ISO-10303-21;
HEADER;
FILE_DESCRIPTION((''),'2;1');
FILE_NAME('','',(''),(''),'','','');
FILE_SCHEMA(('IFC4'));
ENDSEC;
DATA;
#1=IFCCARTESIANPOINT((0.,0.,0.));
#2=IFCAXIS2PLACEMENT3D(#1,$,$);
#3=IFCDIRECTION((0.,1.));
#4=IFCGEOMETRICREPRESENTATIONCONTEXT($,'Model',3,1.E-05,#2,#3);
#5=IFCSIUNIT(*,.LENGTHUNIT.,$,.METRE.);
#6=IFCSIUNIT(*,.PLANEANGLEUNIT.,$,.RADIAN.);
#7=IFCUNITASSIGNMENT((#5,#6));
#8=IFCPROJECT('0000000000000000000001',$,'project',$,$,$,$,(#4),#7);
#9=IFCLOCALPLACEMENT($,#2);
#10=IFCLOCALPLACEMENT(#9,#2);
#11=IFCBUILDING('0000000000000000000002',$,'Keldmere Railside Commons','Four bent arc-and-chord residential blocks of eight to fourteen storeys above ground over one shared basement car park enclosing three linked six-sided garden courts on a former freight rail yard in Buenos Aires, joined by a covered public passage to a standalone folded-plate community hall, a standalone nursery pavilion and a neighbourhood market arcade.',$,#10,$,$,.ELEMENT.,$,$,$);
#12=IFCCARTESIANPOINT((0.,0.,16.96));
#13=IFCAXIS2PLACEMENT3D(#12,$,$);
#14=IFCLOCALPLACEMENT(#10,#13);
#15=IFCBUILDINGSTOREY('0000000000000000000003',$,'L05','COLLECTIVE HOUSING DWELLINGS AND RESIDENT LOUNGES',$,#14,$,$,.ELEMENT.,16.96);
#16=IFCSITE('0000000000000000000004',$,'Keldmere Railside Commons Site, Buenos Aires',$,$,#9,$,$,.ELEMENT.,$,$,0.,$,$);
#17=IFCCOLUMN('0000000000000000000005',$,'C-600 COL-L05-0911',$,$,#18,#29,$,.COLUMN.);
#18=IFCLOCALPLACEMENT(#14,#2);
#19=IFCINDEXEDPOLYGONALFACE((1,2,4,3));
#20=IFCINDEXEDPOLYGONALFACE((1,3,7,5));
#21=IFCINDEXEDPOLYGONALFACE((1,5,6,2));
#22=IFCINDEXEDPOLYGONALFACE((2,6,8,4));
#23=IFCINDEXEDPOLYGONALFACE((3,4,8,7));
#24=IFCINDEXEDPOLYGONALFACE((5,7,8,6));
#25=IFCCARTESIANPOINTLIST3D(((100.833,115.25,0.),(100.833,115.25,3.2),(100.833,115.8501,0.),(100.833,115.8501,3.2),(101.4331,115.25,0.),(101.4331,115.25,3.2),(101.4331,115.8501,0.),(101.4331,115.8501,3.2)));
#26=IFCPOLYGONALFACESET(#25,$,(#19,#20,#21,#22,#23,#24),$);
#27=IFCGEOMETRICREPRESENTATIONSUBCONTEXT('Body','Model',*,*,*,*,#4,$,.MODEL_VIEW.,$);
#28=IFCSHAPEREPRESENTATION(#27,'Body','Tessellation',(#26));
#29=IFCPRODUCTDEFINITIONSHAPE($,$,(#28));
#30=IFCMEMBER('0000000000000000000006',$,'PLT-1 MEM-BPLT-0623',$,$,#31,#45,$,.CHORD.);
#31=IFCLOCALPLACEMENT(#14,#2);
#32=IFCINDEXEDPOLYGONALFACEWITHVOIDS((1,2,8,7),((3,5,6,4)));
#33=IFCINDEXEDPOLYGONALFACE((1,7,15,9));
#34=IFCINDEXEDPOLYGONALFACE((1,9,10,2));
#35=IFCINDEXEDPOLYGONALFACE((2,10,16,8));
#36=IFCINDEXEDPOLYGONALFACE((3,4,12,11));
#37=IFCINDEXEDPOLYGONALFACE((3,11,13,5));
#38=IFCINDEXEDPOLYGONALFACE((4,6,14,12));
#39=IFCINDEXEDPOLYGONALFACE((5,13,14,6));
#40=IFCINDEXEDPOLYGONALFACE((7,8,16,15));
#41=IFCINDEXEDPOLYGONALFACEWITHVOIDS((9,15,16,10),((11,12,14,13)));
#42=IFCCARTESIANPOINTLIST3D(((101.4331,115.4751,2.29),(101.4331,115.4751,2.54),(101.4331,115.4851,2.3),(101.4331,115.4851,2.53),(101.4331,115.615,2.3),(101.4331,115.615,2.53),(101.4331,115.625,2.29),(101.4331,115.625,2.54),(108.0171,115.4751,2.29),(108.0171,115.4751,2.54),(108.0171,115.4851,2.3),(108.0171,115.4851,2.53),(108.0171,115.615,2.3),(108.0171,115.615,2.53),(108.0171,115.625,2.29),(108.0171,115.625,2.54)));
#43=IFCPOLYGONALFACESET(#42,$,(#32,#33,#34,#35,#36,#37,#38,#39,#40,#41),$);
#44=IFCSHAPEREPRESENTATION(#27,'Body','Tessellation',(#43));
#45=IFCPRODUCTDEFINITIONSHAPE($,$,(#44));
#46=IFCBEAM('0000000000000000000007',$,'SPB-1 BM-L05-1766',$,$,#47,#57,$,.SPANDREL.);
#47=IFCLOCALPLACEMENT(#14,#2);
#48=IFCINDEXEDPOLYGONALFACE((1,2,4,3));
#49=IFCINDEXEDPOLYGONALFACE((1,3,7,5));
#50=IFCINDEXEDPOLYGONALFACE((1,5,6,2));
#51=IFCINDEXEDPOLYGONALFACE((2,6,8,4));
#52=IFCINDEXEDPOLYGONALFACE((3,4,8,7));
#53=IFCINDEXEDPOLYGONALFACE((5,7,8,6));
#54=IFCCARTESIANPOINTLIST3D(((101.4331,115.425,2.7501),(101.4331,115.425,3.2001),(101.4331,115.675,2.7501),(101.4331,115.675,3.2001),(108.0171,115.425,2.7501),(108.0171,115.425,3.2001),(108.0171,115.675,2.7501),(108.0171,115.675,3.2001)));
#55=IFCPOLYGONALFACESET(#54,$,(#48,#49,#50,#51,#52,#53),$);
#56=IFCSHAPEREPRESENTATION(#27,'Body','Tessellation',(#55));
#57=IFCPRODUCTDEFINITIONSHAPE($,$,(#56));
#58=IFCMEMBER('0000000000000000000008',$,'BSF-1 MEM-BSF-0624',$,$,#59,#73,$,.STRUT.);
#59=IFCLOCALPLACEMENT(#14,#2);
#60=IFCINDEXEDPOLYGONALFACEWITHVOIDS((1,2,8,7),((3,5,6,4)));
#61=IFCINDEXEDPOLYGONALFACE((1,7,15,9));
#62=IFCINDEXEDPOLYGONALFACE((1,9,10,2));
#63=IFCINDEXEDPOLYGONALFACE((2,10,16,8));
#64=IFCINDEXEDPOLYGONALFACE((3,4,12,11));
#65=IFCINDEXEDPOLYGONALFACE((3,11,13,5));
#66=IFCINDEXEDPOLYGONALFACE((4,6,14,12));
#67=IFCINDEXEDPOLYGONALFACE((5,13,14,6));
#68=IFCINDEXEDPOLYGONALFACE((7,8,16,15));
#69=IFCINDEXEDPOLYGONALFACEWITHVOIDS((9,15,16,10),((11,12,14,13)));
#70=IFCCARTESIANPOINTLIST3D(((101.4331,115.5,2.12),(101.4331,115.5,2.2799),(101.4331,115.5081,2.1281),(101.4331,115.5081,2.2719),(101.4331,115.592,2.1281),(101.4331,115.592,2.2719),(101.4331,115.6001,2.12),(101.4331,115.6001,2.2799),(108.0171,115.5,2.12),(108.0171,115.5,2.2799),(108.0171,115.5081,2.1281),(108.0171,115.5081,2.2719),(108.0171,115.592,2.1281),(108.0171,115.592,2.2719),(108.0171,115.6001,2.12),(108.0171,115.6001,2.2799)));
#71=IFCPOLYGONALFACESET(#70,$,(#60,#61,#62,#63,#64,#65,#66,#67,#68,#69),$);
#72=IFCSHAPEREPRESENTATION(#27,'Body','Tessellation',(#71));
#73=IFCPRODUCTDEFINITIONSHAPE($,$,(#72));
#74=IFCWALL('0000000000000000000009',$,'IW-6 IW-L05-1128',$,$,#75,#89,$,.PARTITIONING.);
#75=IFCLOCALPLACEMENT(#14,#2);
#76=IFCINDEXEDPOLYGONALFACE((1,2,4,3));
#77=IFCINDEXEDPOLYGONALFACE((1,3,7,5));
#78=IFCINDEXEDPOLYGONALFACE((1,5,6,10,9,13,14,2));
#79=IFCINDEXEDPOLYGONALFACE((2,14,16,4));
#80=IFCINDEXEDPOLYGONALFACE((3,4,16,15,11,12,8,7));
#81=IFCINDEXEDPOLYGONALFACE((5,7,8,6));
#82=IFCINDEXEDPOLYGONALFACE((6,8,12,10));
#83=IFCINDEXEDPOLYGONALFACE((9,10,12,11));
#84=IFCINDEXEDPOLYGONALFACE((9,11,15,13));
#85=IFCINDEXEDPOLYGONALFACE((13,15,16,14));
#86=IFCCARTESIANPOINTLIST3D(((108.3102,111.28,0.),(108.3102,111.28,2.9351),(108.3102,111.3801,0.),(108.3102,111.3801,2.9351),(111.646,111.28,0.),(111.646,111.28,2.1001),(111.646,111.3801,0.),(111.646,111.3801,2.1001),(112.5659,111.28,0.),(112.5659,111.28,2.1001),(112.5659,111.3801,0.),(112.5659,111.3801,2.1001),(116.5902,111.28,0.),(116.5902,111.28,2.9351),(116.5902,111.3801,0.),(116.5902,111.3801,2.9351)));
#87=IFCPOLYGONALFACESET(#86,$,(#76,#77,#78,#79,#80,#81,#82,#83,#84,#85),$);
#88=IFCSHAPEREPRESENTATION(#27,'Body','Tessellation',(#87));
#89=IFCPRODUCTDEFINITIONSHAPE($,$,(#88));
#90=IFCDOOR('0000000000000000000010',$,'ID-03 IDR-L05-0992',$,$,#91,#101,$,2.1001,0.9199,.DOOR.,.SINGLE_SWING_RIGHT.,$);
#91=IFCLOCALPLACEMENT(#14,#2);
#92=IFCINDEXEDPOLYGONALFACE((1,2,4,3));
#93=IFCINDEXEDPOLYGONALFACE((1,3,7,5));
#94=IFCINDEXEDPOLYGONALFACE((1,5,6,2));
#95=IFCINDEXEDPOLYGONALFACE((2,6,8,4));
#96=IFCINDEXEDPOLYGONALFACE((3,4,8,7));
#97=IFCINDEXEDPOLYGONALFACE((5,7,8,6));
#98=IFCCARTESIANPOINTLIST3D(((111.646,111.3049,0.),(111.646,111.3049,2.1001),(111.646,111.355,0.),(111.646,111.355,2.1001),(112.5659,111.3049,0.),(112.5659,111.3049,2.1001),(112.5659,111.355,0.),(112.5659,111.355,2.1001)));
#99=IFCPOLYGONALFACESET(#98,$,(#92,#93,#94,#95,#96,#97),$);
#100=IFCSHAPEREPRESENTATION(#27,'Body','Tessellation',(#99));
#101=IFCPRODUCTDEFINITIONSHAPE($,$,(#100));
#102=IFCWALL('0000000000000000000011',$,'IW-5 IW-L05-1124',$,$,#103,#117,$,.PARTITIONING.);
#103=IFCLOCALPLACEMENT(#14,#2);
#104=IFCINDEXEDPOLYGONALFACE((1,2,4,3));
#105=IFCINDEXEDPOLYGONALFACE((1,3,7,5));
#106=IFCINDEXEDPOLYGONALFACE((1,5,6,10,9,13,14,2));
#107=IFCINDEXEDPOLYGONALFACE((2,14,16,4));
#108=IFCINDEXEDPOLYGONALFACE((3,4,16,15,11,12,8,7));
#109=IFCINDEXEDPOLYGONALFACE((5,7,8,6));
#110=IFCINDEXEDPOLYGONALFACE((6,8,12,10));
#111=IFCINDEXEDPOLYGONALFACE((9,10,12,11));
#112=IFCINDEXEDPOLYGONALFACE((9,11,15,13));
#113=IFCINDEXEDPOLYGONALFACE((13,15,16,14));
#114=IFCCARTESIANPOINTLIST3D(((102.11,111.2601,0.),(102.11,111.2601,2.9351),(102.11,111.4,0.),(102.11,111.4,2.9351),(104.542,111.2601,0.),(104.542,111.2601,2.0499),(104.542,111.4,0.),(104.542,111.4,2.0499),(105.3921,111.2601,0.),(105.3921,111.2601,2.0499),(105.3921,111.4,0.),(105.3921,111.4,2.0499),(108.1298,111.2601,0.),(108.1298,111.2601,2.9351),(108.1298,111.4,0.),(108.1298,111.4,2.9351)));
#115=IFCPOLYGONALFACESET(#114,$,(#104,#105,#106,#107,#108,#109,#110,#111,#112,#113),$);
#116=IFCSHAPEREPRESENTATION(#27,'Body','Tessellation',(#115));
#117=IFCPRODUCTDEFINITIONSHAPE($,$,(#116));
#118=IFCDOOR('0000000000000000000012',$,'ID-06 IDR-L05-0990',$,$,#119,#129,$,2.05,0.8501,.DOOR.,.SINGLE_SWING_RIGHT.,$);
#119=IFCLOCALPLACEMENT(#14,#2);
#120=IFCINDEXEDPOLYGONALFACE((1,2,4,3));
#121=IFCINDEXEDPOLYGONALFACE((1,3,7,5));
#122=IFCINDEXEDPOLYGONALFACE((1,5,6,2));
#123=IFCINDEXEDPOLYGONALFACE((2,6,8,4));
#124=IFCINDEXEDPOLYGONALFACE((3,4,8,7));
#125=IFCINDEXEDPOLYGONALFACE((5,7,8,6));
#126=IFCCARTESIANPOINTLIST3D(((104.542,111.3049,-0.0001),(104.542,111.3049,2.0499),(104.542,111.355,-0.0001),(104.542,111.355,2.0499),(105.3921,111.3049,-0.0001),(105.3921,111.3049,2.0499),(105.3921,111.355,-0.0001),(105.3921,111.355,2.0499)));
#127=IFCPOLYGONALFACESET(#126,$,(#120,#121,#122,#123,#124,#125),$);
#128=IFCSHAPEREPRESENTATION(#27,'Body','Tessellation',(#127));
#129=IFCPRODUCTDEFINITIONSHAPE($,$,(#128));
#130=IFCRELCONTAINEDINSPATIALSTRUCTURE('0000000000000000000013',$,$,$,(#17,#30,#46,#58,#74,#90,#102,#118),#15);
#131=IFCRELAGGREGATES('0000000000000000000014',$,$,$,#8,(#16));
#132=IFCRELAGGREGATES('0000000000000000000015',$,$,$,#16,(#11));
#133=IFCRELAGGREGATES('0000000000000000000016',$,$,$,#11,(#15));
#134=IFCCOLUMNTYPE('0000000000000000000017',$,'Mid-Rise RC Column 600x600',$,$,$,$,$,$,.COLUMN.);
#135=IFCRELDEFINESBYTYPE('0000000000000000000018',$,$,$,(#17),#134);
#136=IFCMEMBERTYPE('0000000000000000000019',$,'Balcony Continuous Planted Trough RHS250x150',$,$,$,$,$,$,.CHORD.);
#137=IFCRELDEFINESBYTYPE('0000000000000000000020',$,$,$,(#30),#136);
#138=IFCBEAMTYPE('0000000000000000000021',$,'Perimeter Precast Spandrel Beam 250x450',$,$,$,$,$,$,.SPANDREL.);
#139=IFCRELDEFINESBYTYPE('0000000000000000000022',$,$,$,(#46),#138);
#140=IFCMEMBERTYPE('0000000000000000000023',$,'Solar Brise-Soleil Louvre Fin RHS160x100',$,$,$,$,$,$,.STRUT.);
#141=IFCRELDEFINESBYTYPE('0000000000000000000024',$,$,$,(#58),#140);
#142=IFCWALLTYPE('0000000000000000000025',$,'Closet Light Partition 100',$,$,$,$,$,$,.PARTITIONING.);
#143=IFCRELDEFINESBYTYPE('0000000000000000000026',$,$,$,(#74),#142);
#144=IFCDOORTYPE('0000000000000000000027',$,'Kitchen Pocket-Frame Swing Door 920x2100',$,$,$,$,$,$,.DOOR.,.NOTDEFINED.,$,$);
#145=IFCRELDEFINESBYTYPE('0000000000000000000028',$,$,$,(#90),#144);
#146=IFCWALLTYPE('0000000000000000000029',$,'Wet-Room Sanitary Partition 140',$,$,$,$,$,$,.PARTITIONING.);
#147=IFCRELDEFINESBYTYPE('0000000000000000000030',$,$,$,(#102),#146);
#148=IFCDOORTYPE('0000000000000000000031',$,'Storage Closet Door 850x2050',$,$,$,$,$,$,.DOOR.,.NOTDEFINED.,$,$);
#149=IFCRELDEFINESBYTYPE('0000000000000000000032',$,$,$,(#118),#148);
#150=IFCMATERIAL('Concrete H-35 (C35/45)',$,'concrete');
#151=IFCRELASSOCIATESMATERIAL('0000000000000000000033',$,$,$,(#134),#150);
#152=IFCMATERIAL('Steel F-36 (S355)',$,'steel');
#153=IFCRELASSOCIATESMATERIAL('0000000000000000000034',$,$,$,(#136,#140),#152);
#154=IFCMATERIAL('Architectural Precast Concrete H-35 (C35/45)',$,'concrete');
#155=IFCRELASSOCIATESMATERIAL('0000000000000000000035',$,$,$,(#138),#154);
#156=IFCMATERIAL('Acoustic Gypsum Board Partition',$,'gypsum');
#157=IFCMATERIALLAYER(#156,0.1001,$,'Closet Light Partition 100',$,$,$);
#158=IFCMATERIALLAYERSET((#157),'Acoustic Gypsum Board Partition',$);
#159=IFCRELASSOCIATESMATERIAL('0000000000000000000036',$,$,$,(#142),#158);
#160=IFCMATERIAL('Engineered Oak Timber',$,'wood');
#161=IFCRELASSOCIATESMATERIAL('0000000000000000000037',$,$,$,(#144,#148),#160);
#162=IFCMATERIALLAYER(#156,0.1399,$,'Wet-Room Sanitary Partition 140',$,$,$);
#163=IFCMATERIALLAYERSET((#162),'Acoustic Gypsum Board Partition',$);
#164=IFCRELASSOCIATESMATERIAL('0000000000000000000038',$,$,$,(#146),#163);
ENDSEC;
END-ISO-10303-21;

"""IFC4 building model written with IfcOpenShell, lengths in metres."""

from ifc_helpers import new_model, si_unit, direction, frame, frame_2d, origin, origin_2d, place, context, subcontext, project, spatial, rectangle, hollow_rectangle, extrude, material, layer, layer_set, material_profile, profile_set, type_object, element, fill, save


model = new_model("IFC4")

# Units and contexts
model_context = context("Model", 3, precision=1e-05, world=origin(), true_north=direction((0.0, 1.0)))
body_context = subcontext(model_context, "Body", "Model", "MODEL_VIEW")
ifc_project = project(units=[si_unit("LENGTHUNIT", "METRE"), si_unit("PLANEANGLEUNIT", "RADIAN")], contexts=[model_context])

# Site, building, storey
site_placement = place(None, origin())
site = spatial("IfcSite", under=ifc_project, at=site_placement, Name="Keldmere Railside Commons Site, Buenos Aires", CompositionType="ELEMENT", RefElevation=0.0)
building_placement = place(site_placement, origin())
building = spatial("IfcBuilding", under=site, at=building_placement, Name="Keldmere Railside Commons", Description="Four bent arc-and-chord residential blocks of eight to fourteen storeys above ground over one shared basement car park enclosing three linked six-sided garden courts on a former freight rail yard in Buenos Aires, joined by a covered public passage to a standalone folded-plate community hall, a standalone nursery pavilion and a neighbourhood market arcade.", CompositionType="ELEMENT")
storey_placement = place(building_placement, frame((0.0, 0.0, 16.96)))
storey = spatial("IfcBuildingStorey", under=building, at=storey_placement, Name="L05", Description="COLLECTIVE HOUSING DWELLINGS AND RESIDENT LOUNGES", CompositionType="ELEMENT", Elevation=16.96)

# Column
ifc_material_1 = material(Name="Concrete H-35 (C35/45)", Category="concrete")
ifc_material_profile_1 = material_profile(ifc_material_1, rectangle(XDim=0.6001, YDim=0.6001, at=origin_2d()), Name="RC-600x600")
ifc_profile_set_1 = profile_set([ifc_material_profile_1], Name="Concrete H-35 (C35/45)")
column_type = type_object("IfcColumnType", Name="Mid-Rise RC Column 600x600", PredefinedType="COLUMN", material=ifc_profile_set_1)
column_placement = place(storey_placement, frame((101.1331, 115.55, 0.0), z_axis=(0.0, 0.0, 1.0), x_axis=(1.0, 0.0, 0.0)))
element("IfcColumn", 1, at=column_placement, inside=storey, type_object=column_type, Name="C-600 COL-L05-0911", PredefinedType="COLUMN", context=body_context, shape_type="SweptSolid", body=[
    extrude(rectangle(XDim=0.6001, YDim=0.6001, at=origin_2d()), origin(), (0.0, 0.0, 1.0), 3.2),
])

# Member
ifc_material_2 = material(Name="Steel F-36 (S355)", Category="steel")
ifc_material_profile_2 = material_profile(ifc_material_2, hollow_rectangle(XDim=0.1499, YDim=0.25, WallThickness=0.01, at=origin_2d()), Name="RHS-250x150x10")
ifc_profile_set_2 = profile_set([ifc_material_profile_2], Name="Steel F-36 (S355)")
member_type_1 = type_object("IfcMemberType", Name="Balcony Continuous Planted Trough RHS250x150", PredefinedType="CHORD", material=ifc_profile_set_2)
member_1_placement = place(storey_placement, frame((101.4331, 115.55, 2.415), z_axis=(1.0, 0.0, 0.0), x_axis=(0.0, 1.0, 0.0)))
element("IfcMember", 2, at=member_1_placement, inside=storey, type_object=member_type_1, Name="PLT-1 MEM-BPLT-0623", PredefinedType="CHORD", context=body_context, shape_type="SweptSolid", body=[
    extrude(hollow_rectangle(XDim=0.1499, YDim=0.25, WallThickness=0.01, at=origin_2d()), origin(), (0.0, 0.0, 1.0), 6.584),
])

# Beam
ifc_material_3 = material(Name="Architectural Precast Concrete H-35 (C35/45)", Category="concrete")
ifc_material_profile_3 = material_profile(ifc_material_3, rectangle(XDim=0.25, YDim=0.45, at=origin_2d()), Name="RC-250x450")
ifc_profile_set_3 = profile_set([ifc_material_profile_3], Name="Architectural Precast Concrete H-35 (C35/45)")
beam_type = type_object("IfcBeamType", Name="Perimeter Precast Spandrel Beam 250x450", PredefinedType="SPANDREL", material=ifc_profile_set_3)
beam_placement = place(storey_placement, frame((101.4331, 115.55, 2.9751), z_axis=(1.0, 0.0, 0.0), x_axis=(0.0, 1.0, 0.0)))
element("IfcBeam", 3, at=beam_placement, inside=storey, type_object=beam_type, Name="SPB-1 BM-L05-1766", PredefinedType="SPANDREL", context=body_context, shape_type="SweptSolid", body=[
    extrude(rectangle(XDim=0.25, YDim=0.45, at=origin_2d()), origin(), (0.0, 0.0, 1.0), 6.584),
])

# Member
ifc_material_profile_4 = material_profile(ifc_material_2, hollow_rectangle(XDim=0.1001, YDim=0.1599, WallThickness=0.0081, at=origin_2d()), Name="RHS-160x100x8")
ifc_profile_set_4 = profile_set([ifc_material_profile_4], Name="Steel F-36 (S355)")
member_type_2 = type_object("IfcMemberType", Name="Solar Brise-Soleil Louvre Fin RHS160x100", PredefinedType="STRUT", material=ifc_profile_set_4)
member_2_placement = place(storey_placement, frame((101.4331, 115.55, 2.2), z_axis=(1.0, 0.0, 0.0), x_axis=(0.0, 1.0, 0.0)))
element("IfcMember", 4, at=member_2_placement, inside=storey, type_object=member_type_2, Name="BSF-1 MEM-BSF-0624", PredefinedType="STRUT", context=body_context, shape_type="SweptSolid", body=[
    extrude(hollow_rectangle(XDim=0.1001, YDim=0.1599, WallThickness=0.0081, at=origin_2d()), origin(), (0.0, 0.0, 1.0), 6.584),
])

# Walls, openings, doors
ifc_material_4 = material(Name="Acoustic Gypsum Board Partition", Category="gypsum")
ifc_layer_1 = layer(ifc_material_4, 0.1001, Name="Closet Light Partition 100")
ifc_layer_set_1 = layer_set([ifc_layer_1], Name="Acoustic Gypsum Board Partition")
wall_type_1 = type_object("IfcWallType", Name="Closet Light Partition 100", PredefinedType="PARTITIONING", material=ifc_layer_set_1)
wall_1_placement = place(storey_placement, frame((108.3101, 111.3301, 0.0), z_axis=(0.0, 0.0, 1.0), x_axis=(1.0, 0.0, 0.0)))
wall_1 = element("IfcWall", 5, at=wall_1_placement, inside=storey, type_object=wall_type_1, Name="IW-6 IW-L05-1128", PredefinedType="PARTITIONING", context=body_context, shape_type="SweptSolid", body=[
    extrude(rectangle(XDim=8.28, YDim=0.1001, at=frame_2d((4.1401, 0.0))), origin(), (0.0, 0.0, 1.0), 2.9351),
])
opening_1_placement = place(wall_1_placement, frame((3.3359, 0.0, 0.0)))
opening_1 = element("IfcOpeningElement", 6, at=opening_1_placement, cuts=wall_1, PredefinedType="OPENING", context=body_context, shape_type="SweptSolid", body=[
    extrude(rectangle(XDim=0.9199, YDim=2.1001, at=frame_2d((0.46, 1.05))), frame((0.0, 0.0601, 0.0), z_axis=(0.0, -1.0, 0.0), x_axis=(1.0, 0.0, 0.0)), (0.0, 0.0, 1.0), 0.1201),
])
ifc_material_5 = material(Name="Engineered Oak Timber", Category="wood")
door_type_1 = type_object("IfcDoorType", Name="Kitchen Pocket-Frame Swing Door 920x2100", OperationType="NOTDEFINED", PredefinedType="DOOR", material=ifc_material_5)
door_1_placement = place(opening_1_placement, origin())
door_1 = element("IfcDoor", 7, at=door_1_placement, inside=storey, type_object=door_type_1, Name="ID-03 IDR-L05-0992", OperationType="SINGLE_SWING_RIGHT", OverallHeight=2.1001, OverallWidth=0.9199, PredefinedType="DOOR", context=body_context, shape_type="SweptSolid", body=[
    extrude(rectangle(XDim=0.9199, YDim=2.1001, at=frame_2d((0.46, 1.05))), frame((0.0, 0.0249, 0.0), z_axis=(0.0, -1.0, 0.0), x_axis=(1.0, 0.0, 0.0)), (0.0, 0.0, 1.0), 0.05),
])
fill(opening_1, door_1)
ifc_layer_2 = layer(ifc_material_4, 0.1399, Name="Wet-Room Sanitary Partition 140")
ifc_layer_set_2 = layer_set([ifc_layer_2], Name="Acoustic Gypsum Board Partition")
wall_type_2 = type_object("IfcWallType", Name="Wet-Room Sanitary Partition 140", PredefinedType="PARTITIONING", material=ifc_layer_set_2)
wall_2_placement = place(storey_placement, frame((102.1101, 111.3301, 0.0), z_axis=(0.0, 0.0, 1.0), x_axis=(1.0, 0.0, 0.0)))
wall_2 = element("IfcWall", 8, at=wall_2_placement, inside=storey, type_object=wall_type_2, Name="IW-5 IW-L05-1124", PredefinedType="PARTITIONING", context=body_context, shape_type="SweptSolid", body=[
    extrude(rectangle(XDim=6.0198, YDim=0.1399, at=frame_2d((3.0098, 0.0))), origin(), (0.0, 0.0, 1.0), 2.9351),
])
opening_2_placement = place(wall_2_placement, frame((2.4319, 0.0, 0.0)))
opening_2 = element("IfcOpeningElement", 9, at=opening_2_placement, cuts=wall_2, PredefinedType="OPENING", context=body_context, shape_type="SweptSolid", body=[
    extrude(rectangle(XDim=0.8501, YDim=2.05, at=frame_2d((0.425, 1.0249))), frame((0.0, 0.0798, 0.0), z_axis=(0.0, -1.0, 0.0), x_axis=(1.0, 0.0, 0.0)), (0.0, 0.0, 1.0), 0.1599),
])
door_type_2 = type_object("IfcDoorType", Name="Storage Closet Door 850x2050", OperationType="NOTDEFINED", PredefinedType="DOOR", material=ifc_material_5)
door_2_placement = place(opening_2_placement, origin())
door_2 = element("IfcDoor", 10, at=door_2_placement, inside=storey, type_object=door_type_2, Name="ID-06 IDR-L05-0990", OperationType="SINGLE_SWING_RIGHT", OverallHeight=2.05, OverallWidth=0.8501, PredefinedType="DOOR", context=body_context, shape_type="SweptSolid", body=[
    extrude(rectangle(XDim=0.8501, YDim=2.05, at=frame_2d((0.425, 1.0249))), frame((0.0, 0.0249, 0.0), z_axis=(0.0, -1.0, 0.0), x_axis=(1.0, 0.0, 0.0)), (0.0, 0.0, 1.0), 0.05),
])
fill(opening_2, door_2)

save(model, "model.ifc")
